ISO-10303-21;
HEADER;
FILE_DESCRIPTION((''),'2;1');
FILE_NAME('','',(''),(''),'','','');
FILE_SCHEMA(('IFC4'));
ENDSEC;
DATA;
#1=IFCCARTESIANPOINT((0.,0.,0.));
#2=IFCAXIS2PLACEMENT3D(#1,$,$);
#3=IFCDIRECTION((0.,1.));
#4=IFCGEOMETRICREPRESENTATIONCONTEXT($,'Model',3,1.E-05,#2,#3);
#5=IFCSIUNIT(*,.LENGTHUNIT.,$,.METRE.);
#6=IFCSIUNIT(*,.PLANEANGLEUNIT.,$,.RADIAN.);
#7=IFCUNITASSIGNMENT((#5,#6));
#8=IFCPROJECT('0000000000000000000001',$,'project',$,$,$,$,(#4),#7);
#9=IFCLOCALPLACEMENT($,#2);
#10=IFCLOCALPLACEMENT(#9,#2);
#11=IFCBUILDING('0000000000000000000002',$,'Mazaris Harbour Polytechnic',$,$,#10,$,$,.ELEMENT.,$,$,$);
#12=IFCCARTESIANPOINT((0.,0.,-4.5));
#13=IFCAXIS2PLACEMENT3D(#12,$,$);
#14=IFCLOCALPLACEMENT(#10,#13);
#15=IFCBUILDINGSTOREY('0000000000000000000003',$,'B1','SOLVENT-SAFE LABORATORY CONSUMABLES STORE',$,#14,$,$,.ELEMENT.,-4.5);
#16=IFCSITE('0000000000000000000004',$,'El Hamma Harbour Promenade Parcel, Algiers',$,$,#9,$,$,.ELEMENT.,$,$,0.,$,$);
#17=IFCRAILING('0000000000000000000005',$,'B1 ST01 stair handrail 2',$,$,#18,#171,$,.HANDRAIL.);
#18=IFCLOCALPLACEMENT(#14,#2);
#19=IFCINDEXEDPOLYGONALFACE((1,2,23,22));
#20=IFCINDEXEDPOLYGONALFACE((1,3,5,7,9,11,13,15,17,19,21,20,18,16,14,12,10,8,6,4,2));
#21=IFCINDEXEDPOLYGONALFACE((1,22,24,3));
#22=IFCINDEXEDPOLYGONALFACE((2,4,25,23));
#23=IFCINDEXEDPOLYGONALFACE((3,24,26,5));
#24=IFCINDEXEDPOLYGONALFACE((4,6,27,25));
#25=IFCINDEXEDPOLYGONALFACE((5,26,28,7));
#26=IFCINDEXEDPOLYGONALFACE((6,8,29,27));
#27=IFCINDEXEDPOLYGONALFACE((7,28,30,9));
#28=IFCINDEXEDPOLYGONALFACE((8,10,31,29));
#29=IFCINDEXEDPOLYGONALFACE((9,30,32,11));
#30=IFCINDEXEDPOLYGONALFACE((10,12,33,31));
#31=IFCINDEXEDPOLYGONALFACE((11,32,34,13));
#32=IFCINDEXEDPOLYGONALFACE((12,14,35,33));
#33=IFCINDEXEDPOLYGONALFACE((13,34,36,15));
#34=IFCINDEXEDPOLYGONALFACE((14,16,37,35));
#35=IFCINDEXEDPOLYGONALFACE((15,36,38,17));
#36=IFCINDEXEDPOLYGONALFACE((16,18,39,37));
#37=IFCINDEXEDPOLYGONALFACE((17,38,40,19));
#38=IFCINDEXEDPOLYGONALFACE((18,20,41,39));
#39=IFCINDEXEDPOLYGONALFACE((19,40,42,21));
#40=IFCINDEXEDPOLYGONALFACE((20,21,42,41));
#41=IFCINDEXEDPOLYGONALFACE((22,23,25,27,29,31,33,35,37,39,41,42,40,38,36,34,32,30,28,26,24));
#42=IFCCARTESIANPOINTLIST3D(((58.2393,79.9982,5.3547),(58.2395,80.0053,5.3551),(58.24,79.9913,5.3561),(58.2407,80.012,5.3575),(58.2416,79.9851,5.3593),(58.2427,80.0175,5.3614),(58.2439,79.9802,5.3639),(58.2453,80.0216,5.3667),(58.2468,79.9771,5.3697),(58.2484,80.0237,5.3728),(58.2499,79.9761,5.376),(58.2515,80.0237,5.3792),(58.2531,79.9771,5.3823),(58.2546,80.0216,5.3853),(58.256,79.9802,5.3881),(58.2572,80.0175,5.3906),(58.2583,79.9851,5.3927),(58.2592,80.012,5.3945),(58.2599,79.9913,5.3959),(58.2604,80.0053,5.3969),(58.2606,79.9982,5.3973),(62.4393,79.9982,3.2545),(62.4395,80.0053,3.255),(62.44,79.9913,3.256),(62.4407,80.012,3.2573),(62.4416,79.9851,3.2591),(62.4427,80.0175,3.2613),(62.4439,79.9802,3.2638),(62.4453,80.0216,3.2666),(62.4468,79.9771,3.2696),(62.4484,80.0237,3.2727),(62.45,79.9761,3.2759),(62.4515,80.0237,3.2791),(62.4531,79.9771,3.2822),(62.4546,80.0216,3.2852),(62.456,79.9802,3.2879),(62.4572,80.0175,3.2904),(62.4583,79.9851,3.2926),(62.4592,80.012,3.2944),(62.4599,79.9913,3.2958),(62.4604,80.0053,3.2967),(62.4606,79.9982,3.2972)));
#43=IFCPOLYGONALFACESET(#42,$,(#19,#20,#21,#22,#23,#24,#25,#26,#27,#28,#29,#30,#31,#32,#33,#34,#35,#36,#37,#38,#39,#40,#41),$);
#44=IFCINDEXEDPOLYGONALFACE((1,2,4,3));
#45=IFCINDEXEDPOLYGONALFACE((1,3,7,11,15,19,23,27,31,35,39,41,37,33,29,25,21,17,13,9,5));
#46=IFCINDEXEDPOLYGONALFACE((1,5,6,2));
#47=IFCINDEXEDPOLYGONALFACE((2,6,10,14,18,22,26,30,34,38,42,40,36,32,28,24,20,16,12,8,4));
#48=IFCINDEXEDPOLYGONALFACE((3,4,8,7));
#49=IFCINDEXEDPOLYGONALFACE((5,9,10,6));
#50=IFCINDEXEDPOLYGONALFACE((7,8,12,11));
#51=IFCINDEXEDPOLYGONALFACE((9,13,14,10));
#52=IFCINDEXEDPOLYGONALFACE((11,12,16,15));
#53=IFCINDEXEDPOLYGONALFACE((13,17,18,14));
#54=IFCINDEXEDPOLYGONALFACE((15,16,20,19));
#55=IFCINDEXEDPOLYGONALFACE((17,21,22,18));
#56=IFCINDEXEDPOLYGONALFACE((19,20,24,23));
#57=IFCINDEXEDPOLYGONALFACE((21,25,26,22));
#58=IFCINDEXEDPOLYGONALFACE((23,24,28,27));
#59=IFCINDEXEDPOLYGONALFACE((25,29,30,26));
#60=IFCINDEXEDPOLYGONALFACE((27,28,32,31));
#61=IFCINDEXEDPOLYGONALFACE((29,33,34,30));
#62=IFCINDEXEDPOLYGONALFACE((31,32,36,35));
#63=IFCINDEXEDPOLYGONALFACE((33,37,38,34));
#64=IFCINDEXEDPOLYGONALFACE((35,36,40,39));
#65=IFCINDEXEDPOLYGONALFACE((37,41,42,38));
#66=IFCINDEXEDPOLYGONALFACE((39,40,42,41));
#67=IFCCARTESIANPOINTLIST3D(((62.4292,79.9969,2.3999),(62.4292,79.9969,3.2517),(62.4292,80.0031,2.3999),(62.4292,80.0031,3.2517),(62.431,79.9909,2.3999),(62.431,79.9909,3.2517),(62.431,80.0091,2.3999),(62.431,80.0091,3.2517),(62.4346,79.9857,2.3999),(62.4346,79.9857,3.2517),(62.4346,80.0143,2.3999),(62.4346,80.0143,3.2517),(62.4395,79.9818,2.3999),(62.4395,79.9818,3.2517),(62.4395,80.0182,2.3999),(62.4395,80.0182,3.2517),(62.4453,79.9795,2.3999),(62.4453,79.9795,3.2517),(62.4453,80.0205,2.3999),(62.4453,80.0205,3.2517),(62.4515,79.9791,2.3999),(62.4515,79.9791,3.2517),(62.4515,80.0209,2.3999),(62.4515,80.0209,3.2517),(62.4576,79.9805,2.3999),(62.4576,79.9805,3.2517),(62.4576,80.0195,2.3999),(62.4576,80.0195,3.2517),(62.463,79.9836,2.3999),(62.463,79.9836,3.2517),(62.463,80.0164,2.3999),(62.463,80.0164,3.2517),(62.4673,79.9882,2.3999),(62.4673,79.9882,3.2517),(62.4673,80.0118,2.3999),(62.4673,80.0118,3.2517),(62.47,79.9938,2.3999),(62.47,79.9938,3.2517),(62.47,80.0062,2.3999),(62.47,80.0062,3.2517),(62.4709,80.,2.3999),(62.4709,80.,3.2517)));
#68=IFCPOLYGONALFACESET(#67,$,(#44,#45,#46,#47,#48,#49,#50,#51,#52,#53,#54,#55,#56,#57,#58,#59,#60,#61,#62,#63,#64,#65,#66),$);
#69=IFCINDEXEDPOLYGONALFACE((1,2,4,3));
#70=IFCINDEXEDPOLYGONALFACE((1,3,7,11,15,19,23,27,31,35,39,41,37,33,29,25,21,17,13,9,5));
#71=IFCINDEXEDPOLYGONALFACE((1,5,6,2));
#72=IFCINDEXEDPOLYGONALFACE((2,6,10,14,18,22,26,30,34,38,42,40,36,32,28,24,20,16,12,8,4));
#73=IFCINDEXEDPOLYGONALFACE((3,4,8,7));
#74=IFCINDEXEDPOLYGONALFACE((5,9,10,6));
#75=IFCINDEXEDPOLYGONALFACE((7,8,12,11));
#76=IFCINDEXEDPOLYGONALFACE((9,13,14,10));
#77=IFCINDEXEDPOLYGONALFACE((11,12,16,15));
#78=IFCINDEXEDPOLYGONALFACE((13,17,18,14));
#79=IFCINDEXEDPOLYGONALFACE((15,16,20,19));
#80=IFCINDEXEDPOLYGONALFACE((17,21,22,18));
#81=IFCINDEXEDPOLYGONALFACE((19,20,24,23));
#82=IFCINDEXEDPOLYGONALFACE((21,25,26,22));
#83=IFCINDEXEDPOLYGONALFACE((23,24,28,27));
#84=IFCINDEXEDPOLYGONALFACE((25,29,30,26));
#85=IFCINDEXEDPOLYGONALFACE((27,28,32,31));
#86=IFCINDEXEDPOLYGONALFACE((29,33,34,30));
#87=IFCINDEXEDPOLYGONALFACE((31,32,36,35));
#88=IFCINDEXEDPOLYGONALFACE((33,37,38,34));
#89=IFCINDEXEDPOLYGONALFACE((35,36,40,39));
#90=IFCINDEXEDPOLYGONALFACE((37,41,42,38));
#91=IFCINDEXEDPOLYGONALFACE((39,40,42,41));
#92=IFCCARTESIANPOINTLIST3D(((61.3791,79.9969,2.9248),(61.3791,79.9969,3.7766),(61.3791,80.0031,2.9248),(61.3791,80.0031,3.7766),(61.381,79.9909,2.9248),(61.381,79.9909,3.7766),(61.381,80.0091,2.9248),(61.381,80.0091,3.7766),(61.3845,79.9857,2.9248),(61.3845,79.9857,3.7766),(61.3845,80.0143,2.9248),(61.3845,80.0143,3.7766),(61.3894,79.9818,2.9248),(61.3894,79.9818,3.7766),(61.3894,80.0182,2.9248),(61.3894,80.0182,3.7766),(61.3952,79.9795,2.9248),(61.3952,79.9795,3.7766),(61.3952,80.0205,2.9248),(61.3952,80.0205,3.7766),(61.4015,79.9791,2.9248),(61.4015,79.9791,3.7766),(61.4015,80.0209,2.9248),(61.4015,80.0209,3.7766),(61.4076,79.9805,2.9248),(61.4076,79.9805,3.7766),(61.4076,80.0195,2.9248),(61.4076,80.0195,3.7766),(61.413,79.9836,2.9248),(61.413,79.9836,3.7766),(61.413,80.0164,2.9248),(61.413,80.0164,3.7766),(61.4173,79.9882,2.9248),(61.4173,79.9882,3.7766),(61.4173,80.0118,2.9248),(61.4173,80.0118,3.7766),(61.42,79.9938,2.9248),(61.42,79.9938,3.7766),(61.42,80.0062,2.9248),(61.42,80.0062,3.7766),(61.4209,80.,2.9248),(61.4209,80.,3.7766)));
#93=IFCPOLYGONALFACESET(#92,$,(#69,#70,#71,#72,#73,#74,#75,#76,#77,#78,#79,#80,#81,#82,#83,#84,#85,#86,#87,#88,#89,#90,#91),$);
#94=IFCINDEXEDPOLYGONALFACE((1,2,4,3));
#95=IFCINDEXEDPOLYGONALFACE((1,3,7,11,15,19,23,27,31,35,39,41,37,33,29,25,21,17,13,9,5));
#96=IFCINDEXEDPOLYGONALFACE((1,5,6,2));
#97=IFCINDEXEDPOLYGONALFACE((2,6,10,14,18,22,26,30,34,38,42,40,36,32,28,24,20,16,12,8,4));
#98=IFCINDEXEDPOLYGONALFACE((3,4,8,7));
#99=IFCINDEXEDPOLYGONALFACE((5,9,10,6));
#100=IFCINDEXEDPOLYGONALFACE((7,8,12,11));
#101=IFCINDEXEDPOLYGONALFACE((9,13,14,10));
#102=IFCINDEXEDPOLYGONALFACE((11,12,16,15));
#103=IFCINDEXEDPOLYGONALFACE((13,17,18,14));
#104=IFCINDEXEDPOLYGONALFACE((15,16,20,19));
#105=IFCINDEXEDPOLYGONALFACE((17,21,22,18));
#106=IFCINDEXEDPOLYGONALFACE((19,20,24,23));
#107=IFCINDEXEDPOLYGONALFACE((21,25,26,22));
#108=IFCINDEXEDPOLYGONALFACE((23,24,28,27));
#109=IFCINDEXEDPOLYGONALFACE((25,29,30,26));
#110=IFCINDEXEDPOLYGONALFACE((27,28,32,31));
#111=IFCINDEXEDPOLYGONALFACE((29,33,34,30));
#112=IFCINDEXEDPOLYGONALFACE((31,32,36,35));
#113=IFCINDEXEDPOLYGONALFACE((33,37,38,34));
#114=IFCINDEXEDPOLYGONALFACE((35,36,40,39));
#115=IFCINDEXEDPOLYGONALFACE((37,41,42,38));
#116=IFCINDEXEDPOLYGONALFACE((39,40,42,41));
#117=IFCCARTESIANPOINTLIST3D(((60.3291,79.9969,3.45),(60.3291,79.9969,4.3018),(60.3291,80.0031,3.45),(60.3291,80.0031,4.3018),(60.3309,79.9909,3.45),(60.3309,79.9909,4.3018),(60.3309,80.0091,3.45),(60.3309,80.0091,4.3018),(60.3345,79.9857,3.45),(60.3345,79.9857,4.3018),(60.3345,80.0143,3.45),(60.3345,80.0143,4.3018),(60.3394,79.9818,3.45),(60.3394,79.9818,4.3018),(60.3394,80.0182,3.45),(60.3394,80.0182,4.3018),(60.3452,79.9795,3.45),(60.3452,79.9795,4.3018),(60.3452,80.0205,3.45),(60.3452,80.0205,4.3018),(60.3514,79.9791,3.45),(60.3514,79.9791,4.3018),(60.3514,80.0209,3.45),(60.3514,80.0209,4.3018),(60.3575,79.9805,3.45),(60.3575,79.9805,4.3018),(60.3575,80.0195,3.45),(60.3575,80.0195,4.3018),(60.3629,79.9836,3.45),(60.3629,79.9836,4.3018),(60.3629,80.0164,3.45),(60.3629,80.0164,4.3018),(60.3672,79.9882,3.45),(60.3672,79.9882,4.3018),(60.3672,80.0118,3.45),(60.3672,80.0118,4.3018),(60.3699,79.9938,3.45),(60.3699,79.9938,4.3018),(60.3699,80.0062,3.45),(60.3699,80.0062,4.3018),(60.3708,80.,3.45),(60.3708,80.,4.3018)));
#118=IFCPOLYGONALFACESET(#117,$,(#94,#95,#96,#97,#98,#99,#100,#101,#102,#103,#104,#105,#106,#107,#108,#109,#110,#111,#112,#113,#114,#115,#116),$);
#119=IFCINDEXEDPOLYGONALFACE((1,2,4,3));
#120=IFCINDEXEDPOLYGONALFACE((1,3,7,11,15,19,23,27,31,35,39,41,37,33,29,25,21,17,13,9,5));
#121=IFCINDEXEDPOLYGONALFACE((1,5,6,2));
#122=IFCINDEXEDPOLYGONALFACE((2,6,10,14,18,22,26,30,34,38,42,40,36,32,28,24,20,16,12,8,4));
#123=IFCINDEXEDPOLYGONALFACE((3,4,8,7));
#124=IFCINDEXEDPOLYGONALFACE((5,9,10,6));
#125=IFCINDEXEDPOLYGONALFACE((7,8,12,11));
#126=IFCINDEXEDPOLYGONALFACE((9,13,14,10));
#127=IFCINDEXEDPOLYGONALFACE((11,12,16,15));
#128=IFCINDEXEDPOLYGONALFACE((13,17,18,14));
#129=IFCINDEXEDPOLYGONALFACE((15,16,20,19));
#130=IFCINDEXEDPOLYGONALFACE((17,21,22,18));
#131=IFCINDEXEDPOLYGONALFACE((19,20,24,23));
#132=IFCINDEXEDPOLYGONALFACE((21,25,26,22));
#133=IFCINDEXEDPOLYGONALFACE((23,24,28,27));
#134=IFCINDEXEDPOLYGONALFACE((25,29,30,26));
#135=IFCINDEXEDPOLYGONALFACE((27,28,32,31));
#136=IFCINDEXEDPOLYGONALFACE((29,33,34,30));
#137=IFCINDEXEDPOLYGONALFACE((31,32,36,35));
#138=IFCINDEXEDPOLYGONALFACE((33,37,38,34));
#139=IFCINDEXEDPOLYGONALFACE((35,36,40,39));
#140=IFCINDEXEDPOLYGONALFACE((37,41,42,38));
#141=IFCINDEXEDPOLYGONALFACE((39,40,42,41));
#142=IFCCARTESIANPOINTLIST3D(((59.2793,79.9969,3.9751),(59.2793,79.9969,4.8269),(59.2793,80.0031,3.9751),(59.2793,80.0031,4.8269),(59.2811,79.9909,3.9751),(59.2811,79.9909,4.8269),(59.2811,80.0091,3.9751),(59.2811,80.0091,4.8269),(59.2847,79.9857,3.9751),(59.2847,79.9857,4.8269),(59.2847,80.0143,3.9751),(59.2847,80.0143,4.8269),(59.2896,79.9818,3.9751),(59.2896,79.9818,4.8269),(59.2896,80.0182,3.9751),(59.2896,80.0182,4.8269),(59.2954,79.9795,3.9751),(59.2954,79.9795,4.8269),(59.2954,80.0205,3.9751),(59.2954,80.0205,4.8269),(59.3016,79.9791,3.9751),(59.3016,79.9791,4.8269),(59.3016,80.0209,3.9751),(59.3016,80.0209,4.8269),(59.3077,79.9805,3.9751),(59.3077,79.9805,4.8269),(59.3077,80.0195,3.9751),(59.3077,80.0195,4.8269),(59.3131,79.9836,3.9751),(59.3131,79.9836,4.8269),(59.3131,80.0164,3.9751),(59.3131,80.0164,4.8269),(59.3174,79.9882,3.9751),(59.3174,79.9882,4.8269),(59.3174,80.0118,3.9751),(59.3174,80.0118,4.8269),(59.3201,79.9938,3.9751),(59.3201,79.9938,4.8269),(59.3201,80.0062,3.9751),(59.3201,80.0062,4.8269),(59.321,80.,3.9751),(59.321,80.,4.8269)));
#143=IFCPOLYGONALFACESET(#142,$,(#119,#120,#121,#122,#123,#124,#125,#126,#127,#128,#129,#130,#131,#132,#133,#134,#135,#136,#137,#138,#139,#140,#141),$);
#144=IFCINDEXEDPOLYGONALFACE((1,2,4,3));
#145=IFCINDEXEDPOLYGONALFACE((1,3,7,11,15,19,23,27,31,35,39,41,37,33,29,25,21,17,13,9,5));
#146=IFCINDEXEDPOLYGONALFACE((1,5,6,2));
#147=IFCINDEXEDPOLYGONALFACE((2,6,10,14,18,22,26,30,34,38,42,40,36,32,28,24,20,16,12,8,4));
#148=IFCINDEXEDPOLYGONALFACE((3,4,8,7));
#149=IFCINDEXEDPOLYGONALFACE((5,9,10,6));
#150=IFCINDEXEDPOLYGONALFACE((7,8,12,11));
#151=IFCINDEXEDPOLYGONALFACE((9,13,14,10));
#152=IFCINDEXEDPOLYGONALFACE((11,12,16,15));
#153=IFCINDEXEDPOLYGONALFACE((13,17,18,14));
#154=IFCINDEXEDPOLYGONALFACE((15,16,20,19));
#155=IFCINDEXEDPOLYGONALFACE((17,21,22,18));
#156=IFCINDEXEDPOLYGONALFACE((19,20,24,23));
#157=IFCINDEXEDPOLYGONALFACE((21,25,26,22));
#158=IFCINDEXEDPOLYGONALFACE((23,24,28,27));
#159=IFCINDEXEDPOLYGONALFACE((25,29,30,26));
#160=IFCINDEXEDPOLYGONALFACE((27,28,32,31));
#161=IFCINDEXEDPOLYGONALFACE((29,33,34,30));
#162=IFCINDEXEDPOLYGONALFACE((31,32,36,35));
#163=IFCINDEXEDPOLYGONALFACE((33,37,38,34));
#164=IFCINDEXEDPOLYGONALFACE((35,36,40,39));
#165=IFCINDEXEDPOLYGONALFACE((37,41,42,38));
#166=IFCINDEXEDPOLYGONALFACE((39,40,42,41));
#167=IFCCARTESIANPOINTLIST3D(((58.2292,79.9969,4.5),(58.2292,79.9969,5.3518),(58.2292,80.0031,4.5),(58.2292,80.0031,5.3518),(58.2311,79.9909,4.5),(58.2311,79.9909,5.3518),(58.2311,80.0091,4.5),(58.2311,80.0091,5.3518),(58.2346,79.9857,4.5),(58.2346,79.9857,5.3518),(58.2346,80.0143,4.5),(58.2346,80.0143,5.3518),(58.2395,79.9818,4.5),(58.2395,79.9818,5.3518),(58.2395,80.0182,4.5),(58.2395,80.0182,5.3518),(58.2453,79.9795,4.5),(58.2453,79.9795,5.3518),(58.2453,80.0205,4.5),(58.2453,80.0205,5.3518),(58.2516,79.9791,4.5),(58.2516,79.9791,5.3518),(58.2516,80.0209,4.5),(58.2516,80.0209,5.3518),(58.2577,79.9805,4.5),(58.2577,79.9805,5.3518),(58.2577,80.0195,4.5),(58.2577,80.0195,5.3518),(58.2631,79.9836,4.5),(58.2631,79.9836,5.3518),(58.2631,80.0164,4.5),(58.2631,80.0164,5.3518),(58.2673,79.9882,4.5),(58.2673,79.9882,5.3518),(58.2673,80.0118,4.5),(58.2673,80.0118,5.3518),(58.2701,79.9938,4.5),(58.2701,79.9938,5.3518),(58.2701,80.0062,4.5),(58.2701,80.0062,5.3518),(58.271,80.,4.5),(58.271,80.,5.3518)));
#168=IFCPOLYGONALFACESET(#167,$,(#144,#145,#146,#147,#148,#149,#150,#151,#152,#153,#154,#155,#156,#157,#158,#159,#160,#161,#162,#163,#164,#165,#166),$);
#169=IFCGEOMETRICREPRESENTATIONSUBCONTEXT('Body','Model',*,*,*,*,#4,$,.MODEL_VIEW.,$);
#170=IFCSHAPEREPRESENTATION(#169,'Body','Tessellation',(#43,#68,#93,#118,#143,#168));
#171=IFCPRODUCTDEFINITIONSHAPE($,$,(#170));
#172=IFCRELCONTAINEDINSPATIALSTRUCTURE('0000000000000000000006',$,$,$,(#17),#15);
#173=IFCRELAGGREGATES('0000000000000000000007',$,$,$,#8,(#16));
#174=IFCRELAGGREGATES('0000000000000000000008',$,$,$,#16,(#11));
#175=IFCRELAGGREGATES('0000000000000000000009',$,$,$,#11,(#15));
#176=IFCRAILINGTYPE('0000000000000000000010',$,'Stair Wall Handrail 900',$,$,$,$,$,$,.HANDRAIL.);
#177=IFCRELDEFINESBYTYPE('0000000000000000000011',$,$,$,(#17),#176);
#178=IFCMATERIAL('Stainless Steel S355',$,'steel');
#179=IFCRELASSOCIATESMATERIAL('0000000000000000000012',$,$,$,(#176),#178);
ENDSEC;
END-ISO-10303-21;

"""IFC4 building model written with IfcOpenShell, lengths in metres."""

from ifc_helpers import new_model, si_unit, direction, frame, origin, origin_2d, place, context, subcontext, project, spatial, circle, extrude, material, type_object, element, save


model = new_model("IFC4")

# Units and contexts
model_context = context("Model", 3, precision=1e-05, world=origin(), true_north=direction((0.0, 1.0)))
body_context = subcontext(model_context, "Body", "Model", "MODEL_VIEW")
ifc_project = project(units=[si_unit("LENGTHUNIT", "METRE"), si_unit("PLANEANGLEUNIT", "RADIAN")], contexts=[model_context])

# Site, building, storey
site_placement = place(None, origin())
site = spatial("IfcSite", under=ifc_project, at=site_placement, Name="El Hamma Harbour Promenade Parcel, Algiers", CompositionType="ELEMENT", RefElevation=0.0)
building_placement = place(site_placement, origin())
building = spatial("IfcBuilding", under=site, at=building_placement, Name="Mazaris Harbour Polytechnic", CompositionType="ELEMENT")
storey_placement = place(building_placement, frame((0.0, 0.0, -4.5)))
storey = spatial("IfcBuildingStorey", under=building, at=storey_placement, Name="B1", Description="SOLVENT-SAFE LABORATORY CONSUMABLES STORE", CompositionType="ELEMENT", Elevation=-4.5)

# Railing
ifc_material_1 = material(Name="Stainless Steel S355", Category="steel")
railing_type_1 = type_object("IfcRailingType", Name="Stair Wall Handrail 900", PredefinedType="HANDRAIL", material=ifc_material_1)
railing_1_placement = place(storey_placement, frame((62.45, 80.0, 2.3999)))
element("IfcRailing", 1, at=railing_1_placement, inside=storey, type_object=railing_type_1, Name="B1 ST01 stair handrail 2", PredefinedType="HANDRAIL", context=body_context, shape_type="SweptSolid", body=[
    extrude(circle(Radius=0.0239, at=origin_2d()), frame((0.0, 0.0, 0.876), z_axis=(-0.894417, 0.0, 0.447234), x_axis=(0.0, -1.0, 0.0)), (0.0, 0.0, 1.0), 4.6958),
    extrude(circle(Radius=0.021, at=origin_2d()), origin(), (0.0, 0.0, 1.0), 0.8518),
    extrude(circle(Radius=0.021, at=origin_2d()), frame((-1.05, 0.0, 0.5249)), (0.0, 0.0, 1.0), 0.8518),
    extrude(circle(Radius=0.021, at=origin_2d()), frame((-2.1001, 0.0, 1.05)), (0.0, 0.0, 1.0), 0.8518),
    extrude(circle(Radius=0.021, at=origin_2d()), frame((-3.1499, 0.0, 1.5752)), (0.0, 0.0, 1.0), 0.8518),
    extrude(circle(Radius=0.021, at=origin_2d()), frame((-4.2, 0.0, 2.1001)), (0.0, 0.0, 1.0), 0.8518),
])

save(model, "model.ifc")
